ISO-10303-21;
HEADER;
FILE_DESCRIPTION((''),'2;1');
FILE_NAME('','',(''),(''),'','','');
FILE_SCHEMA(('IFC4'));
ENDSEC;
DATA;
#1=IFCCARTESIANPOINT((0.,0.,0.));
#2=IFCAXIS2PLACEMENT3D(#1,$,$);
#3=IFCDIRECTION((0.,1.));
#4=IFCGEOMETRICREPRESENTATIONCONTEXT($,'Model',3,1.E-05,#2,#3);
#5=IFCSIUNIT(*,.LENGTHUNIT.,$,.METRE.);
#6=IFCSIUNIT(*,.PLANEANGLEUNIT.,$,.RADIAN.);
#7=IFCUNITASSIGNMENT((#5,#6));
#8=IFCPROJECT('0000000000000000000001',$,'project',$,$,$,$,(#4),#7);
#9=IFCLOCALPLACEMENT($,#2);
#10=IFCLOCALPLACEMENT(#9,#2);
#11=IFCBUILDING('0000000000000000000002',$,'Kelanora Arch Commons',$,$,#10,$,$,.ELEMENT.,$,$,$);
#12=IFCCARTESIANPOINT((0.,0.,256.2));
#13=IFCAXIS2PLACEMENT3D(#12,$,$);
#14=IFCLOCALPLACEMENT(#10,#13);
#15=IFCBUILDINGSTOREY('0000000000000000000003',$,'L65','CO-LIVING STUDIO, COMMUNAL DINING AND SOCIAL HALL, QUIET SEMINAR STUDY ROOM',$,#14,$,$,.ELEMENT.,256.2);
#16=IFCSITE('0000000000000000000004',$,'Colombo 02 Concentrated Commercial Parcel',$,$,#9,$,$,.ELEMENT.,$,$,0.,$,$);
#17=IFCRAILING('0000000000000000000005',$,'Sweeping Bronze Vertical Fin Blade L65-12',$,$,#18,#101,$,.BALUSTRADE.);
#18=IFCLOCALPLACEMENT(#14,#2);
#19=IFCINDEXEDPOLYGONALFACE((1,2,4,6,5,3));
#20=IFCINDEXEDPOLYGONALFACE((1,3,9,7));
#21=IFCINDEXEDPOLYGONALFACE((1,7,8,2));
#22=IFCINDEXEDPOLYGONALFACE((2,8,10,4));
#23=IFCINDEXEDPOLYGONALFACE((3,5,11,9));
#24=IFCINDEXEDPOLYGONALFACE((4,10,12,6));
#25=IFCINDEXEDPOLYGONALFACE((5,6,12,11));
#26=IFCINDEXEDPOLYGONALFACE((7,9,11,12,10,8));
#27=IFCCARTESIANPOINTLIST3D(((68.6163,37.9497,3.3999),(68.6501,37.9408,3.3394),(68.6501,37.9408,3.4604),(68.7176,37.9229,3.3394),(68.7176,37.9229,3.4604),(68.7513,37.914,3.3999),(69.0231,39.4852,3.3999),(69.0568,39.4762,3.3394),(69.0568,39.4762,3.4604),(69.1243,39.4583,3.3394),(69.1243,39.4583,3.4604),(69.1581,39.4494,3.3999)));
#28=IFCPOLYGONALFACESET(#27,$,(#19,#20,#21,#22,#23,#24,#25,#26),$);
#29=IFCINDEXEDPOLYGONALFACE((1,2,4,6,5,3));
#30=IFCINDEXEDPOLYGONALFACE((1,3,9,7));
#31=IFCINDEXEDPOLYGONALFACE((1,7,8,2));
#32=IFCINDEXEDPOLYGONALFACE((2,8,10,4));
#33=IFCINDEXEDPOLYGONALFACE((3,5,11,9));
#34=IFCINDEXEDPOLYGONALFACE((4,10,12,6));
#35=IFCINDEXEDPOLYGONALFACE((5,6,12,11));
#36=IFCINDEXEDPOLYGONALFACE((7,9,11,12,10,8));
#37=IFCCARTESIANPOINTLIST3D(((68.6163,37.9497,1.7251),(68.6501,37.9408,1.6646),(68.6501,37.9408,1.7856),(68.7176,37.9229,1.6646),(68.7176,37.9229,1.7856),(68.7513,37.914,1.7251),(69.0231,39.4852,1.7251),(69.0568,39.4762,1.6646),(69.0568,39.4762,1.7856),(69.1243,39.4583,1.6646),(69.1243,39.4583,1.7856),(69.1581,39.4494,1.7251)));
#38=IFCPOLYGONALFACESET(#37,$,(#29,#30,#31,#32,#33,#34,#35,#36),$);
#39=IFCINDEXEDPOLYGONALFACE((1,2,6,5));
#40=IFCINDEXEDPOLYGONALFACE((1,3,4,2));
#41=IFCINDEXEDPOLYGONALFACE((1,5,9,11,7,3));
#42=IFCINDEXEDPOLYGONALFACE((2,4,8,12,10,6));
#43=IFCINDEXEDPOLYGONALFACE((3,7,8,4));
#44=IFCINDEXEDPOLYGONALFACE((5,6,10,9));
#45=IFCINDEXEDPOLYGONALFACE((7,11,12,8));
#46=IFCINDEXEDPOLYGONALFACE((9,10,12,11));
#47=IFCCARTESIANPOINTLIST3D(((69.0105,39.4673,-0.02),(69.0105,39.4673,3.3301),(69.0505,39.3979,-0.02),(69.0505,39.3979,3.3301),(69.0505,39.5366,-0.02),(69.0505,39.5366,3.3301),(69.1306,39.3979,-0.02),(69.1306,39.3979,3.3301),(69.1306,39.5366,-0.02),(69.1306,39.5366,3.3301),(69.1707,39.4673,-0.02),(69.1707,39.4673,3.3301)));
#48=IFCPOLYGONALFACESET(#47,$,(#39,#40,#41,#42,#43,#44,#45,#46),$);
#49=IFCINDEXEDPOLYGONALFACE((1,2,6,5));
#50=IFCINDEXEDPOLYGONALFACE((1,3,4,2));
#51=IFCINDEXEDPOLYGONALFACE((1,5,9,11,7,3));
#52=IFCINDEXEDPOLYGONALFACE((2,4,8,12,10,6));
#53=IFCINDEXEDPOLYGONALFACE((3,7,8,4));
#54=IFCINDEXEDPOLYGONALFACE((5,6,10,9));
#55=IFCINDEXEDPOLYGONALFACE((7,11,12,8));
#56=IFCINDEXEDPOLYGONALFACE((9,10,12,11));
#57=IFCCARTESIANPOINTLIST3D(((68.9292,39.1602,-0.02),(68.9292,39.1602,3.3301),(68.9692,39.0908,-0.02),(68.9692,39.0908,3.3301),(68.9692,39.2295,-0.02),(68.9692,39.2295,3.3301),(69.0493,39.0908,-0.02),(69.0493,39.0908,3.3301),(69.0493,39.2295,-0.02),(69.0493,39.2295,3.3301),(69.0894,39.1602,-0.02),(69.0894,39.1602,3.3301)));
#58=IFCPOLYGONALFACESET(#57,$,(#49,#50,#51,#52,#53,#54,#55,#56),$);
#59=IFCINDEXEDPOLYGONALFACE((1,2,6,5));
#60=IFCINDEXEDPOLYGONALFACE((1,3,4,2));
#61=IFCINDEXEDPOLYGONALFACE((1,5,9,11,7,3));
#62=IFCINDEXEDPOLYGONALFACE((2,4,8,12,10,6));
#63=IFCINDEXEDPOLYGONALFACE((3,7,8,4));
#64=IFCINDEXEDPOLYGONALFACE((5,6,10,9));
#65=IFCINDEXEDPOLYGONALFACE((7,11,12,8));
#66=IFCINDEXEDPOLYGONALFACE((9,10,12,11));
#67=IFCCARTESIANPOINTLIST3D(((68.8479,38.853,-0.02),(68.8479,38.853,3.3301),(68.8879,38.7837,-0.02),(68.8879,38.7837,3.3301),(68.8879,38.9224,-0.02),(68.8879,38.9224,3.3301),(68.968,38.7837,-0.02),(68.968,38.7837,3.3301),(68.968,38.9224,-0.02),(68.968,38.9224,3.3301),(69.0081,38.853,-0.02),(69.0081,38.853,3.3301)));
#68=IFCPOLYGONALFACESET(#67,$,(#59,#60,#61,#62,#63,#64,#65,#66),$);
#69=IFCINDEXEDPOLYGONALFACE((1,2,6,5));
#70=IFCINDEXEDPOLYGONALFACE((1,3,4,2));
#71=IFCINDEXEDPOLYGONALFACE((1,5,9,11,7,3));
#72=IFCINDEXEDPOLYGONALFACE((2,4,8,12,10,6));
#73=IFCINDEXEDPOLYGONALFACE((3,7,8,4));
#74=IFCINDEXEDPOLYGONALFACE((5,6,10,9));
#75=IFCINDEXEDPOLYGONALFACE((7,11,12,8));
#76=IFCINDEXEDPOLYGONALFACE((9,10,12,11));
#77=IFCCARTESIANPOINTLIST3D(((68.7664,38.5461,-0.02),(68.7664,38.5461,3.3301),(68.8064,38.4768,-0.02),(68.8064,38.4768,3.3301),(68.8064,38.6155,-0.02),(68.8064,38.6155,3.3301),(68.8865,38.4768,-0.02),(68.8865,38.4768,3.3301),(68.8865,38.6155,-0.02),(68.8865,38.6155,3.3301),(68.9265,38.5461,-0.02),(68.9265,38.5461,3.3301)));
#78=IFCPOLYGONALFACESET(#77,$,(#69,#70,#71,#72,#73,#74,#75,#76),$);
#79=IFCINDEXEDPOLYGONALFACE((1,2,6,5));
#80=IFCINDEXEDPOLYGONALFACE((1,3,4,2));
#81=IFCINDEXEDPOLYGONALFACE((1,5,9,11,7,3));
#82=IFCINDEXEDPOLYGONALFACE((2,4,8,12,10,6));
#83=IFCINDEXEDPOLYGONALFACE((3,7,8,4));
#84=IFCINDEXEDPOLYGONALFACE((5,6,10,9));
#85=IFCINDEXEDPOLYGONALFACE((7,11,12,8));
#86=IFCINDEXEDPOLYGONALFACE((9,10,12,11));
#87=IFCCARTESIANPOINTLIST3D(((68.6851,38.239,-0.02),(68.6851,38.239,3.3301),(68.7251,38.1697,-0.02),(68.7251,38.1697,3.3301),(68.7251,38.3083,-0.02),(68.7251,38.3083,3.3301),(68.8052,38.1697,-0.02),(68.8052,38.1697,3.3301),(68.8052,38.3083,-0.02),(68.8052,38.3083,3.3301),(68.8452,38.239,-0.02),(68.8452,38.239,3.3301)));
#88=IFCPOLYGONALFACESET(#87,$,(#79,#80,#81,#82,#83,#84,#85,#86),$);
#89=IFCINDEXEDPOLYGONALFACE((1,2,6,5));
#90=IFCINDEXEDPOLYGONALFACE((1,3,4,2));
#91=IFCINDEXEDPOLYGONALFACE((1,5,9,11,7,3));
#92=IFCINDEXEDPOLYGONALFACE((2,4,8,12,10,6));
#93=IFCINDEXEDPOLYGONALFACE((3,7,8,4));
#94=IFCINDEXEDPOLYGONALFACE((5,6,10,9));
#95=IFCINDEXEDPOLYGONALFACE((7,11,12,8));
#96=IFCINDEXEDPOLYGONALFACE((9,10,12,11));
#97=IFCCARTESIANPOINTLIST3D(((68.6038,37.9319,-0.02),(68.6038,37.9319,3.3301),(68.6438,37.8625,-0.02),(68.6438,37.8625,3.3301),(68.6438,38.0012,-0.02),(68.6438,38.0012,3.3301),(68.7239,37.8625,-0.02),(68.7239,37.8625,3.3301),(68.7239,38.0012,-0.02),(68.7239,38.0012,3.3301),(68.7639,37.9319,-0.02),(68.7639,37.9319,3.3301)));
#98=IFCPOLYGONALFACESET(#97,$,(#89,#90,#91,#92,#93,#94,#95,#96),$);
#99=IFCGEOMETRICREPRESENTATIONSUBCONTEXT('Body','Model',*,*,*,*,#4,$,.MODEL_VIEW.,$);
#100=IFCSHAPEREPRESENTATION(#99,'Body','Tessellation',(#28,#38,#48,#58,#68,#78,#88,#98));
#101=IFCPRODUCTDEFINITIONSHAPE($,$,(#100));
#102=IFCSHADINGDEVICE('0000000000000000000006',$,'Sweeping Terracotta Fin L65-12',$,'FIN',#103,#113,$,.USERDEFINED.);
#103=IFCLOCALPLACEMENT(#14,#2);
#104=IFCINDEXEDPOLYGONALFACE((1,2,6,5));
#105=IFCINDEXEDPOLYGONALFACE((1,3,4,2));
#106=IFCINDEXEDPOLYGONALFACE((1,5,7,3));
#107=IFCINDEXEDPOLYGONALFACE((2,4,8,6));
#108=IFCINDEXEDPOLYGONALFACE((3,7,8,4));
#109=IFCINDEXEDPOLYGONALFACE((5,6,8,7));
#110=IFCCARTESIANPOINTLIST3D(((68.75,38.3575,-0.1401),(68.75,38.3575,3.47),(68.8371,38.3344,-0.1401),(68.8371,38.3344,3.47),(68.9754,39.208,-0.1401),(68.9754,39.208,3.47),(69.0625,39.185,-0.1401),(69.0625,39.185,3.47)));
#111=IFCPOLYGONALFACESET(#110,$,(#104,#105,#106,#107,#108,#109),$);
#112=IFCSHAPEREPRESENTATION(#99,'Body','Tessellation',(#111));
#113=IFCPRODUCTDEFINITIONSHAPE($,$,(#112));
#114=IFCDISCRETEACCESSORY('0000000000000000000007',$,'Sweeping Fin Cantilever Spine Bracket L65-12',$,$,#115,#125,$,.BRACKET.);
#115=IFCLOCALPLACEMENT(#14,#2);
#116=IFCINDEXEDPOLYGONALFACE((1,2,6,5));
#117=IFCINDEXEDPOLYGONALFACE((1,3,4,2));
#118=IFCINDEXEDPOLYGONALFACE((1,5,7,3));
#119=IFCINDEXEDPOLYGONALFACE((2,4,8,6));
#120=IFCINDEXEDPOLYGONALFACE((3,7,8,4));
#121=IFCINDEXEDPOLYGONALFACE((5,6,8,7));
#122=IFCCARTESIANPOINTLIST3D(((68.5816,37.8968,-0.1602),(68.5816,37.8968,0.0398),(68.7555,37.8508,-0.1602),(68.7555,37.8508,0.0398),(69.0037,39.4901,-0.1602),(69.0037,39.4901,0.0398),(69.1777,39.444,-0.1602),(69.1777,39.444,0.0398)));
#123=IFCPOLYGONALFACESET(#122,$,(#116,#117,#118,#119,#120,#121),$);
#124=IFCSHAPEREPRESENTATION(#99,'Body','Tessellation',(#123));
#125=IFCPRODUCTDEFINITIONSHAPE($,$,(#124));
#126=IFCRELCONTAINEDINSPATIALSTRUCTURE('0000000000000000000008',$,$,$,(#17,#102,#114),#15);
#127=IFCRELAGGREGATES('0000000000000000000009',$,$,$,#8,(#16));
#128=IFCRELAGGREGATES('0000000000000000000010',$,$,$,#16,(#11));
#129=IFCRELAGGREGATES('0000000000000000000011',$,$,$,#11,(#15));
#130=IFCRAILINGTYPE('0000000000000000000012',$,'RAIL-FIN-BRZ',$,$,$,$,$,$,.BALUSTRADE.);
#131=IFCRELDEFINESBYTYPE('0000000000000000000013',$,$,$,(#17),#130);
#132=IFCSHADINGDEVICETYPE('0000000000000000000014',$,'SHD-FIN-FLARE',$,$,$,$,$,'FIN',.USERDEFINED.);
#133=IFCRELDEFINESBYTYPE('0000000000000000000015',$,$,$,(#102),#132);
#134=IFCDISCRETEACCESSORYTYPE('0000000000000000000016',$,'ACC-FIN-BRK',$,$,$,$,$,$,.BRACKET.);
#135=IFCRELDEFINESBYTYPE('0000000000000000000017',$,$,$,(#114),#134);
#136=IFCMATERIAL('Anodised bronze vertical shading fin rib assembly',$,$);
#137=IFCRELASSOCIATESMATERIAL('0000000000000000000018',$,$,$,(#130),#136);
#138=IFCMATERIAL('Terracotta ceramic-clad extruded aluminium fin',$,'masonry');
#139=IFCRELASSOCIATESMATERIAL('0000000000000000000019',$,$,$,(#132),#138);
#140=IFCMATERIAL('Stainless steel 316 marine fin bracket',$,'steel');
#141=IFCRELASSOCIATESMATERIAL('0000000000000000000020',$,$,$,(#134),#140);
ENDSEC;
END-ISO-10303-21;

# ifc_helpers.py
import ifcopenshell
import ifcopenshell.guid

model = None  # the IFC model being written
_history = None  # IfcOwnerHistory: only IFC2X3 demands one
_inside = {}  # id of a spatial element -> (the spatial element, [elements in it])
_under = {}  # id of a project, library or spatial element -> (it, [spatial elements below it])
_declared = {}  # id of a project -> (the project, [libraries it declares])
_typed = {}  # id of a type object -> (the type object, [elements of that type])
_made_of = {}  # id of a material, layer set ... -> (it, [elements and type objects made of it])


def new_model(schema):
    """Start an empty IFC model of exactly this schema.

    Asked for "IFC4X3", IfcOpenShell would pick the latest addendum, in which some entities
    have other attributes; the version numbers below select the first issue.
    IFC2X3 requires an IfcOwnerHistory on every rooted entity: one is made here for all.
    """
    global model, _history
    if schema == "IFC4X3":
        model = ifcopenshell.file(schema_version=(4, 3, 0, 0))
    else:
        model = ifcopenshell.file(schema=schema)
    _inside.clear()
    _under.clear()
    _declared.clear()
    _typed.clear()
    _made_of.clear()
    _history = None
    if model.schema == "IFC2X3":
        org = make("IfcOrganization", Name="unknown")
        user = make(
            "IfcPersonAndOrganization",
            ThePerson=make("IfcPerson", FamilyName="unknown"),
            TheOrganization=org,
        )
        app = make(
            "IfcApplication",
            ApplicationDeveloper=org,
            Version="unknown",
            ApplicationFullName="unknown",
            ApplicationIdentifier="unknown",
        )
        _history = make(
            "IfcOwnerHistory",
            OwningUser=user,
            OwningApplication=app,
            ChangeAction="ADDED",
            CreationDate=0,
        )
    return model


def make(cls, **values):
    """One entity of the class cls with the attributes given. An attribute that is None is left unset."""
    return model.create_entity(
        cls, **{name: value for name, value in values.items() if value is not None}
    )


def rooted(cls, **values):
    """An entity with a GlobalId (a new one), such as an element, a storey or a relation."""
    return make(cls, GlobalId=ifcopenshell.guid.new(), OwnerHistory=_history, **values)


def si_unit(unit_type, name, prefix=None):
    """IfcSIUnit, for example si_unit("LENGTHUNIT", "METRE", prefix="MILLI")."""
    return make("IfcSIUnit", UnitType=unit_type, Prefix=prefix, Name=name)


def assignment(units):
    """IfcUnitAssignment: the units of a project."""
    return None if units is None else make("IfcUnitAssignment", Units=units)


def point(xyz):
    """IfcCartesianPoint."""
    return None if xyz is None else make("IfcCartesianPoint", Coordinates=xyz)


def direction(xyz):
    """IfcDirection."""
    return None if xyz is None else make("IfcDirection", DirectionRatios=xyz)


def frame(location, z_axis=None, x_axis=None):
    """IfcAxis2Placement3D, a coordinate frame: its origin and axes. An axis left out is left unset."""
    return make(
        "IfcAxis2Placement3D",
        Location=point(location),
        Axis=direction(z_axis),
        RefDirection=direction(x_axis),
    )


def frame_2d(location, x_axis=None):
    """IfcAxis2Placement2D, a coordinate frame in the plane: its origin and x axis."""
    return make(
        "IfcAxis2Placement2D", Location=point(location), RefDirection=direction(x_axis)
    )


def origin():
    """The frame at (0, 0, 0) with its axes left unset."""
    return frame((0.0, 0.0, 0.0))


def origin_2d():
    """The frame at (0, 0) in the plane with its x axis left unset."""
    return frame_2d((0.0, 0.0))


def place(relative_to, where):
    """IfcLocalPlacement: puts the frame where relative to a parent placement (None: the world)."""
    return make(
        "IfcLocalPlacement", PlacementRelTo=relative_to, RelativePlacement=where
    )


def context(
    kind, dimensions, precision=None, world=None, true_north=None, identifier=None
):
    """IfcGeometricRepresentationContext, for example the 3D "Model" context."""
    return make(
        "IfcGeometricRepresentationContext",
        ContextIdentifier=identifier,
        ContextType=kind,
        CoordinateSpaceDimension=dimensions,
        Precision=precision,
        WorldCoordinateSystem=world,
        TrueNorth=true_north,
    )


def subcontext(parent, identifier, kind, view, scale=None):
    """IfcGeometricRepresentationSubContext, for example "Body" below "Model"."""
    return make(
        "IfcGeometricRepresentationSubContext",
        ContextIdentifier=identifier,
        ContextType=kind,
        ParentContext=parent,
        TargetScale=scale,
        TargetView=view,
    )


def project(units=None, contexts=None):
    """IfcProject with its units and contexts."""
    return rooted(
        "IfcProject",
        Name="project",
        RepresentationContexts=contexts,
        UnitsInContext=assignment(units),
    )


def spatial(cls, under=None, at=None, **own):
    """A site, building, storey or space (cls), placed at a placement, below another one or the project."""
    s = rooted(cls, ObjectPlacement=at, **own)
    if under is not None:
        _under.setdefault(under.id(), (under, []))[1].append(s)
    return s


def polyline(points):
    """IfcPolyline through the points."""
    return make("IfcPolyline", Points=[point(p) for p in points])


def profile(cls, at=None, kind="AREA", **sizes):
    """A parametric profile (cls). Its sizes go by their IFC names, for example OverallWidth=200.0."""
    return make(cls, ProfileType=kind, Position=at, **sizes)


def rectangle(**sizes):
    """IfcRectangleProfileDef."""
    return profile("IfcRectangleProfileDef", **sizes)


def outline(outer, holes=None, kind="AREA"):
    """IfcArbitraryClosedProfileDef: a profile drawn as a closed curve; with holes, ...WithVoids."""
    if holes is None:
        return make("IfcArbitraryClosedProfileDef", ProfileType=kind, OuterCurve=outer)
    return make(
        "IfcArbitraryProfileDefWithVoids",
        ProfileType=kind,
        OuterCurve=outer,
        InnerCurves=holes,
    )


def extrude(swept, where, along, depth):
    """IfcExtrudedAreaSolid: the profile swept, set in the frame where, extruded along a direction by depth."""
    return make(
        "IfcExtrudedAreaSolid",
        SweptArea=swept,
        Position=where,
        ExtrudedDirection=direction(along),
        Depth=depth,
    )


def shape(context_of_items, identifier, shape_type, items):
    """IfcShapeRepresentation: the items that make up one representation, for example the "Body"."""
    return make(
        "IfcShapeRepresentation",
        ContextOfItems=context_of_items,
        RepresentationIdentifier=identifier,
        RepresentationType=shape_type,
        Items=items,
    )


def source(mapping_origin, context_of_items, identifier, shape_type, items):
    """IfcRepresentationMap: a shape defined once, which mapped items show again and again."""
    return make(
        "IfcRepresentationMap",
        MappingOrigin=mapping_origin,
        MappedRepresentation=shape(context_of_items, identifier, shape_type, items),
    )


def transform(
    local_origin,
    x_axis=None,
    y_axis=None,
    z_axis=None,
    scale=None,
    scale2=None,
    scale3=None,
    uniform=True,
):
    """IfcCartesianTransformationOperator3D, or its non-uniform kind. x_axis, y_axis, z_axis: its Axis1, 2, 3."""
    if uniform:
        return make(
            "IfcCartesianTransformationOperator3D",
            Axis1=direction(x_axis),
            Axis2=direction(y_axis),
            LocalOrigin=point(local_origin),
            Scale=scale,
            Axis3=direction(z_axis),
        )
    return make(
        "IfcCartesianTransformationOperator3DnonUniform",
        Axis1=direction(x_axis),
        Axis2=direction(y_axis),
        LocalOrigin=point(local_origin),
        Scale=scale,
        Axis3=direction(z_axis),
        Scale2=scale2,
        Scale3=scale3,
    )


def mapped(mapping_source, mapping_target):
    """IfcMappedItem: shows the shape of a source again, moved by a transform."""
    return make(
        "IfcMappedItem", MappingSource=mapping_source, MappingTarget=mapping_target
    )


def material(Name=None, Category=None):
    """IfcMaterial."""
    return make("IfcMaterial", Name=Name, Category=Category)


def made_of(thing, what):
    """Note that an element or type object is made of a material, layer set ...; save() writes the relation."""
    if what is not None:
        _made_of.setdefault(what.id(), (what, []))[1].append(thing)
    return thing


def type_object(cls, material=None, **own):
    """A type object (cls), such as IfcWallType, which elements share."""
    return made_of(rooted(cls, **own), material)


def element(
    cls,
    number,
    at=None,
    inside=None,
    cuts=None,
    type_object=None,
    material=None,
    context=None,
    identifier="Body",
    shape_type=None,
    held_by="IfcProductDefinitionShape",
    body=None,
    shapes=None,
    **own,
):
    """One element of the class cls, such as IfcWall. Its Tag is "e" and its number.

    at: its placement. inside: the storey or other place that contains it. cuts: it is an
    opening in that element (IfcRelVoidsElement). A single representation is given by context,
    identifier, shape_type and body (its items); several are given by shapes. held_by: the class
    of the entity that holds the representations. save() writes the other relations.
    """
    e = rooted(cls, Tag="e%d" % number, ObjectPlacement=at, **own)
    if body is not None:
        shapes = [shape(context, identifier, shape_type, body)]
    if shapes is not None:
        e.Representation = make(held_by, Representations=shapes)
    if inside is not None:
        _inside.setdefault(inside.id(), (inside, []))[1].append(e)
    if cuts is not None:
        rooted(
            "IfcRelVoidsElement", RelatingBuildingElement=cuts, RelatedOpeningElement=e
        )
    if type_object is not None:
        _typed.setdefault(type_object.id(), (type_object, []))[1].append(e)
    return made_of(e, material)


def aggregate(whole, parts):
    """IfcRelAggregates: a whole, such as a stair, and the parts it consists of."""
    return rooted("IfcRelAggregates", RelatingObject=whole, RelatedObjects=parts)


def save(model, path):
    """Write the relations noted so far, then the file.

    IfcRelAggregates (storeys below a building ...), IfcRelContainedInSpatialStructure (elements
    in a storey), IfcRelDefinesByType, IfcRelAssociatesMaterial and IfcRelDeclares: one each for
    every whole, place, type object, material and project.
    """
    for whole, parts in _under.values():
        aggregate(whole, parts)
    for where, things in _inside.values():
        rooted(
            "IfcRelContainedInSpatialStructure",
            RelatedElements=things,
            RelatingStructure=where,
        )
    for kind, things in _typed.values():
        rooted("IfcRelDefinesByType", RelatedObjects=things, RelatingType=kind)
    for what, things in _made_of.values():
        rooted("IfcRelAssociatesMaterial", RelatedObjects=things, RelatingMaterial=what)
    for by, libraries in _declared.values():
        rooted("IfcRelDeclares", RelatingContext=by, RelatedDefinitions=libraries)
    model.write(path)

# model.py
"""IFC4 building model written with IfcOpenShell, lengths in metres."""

from ifc_helpers import new_model, si_unit, direction, frame, origin, origin_2d, place, context, subcontext, project, spatial, polyline, rectangle, outline, extrude, source, transform, mapped, material, type_object, element, save


model = new_model("IFC4")

# Units and contexts
model_context = context("Model", 3, precision=1e-05, world=origin(), true_north=direction((0.0, 1.0)))
body_context = subcontext(model_context, "Body", "Model", "MODEL_VIEW")
ifc_project = project(units=[si_unit("LENGTHUNIT", "METRE"), si_unit("PLANEANGLEUNIT", "RADIAN")], contexts=[model_context])

# Site, building, storey
site_placement = place(None, origin())
site = spatial("IfcSite", under=ifc_project, at=site_placement, Name="Colombo 02 Concentrated Commercial Parcel", CompositionType="ELEMENT", RefElevation=0.0)
building_placement = place(site_placement, origin())
building = spatial("IfcBuilding", under=site, at=building_placement, Name="Kelanora Arch Commons", CompositionType="ELEMENT")
storey_placement = place(building_placement, frame((0.0, 0.0, 256.2)))
storey = spatial("IfcBuildingStorey", under=building, at=storey_placement, Name="L65", Description="CO-LIVING STUDIO, COMMUNAL DINING AND SOCIAL HALL, QUIET SEMINAR STUDY ROOM", CompositionType="ELEMENT", Elevation=256.2)

# Railing
ifc_material_1 = material(Name="Anodised bronze vertical shading fin rib assembly")
railing_type = type_object("IfcRailingType", Name="RAIL-FIN-BRZ", PredefinedType="BALUSTRADE", material=ifc_material_1)
railing_placement = place(storey_placement, frame((69.0906, 39.4673, -0.02)))
element("IfcRailing", 1, at=railing_placement, inside=storey, type_object=railing_type, Name="Sweeping Bronze Vertical Fin Blade L65-12", PredefinedType="BALUSTRADE", context=body_context, shape_type="SweptSolid", body=[
    extrude(outline(polyline([(0.0698, 0.0), (0.0349, 0.0605), (-0.0349, 0.0605), (-0.0698, 0.0), (-0.0349, -0.0605), (0.0349, -0.0605), (0.0698, 0.0)])), frame((0.0, 0.0, 3.4199), z_axis=(-0.256074, -0.966657, 0.0), x_axis=(0.966657, -0.256074, 0.0)), (0.0, 0.0, 1.0), 1.5884),
    extrude(outline(polyline([(0.0698, 0.0), (0.0349, 0.0605), (-0.0349, 0.0605), (-0.0698, 0.0), (-0.0349, -0.0605), (0.0349, -0.0605), (0.0698, 0.0)])), frame((0.0, 0.0, 1.7451), z_axis=(-0.256074, -0.966657, 0.0), x_axis=(0.966657, -0.256074, 0.0)), (0.0, 0.0, 1.0), 1.5884),
    extrude(outline(polyline([(0.0801, 0.0), (0.04, 0.0693), (-0.04, 0.0693), (-0.0801, 0.0), (-0.04, -0.0693), (0.04, -0.0693), (0.0801, 0.0)])), origin(), (0.0, 0.0, 1.0), 3.3501),
    extrude(outline(polyline([(0.0801, 0.0), (0.04, 0.0693), (-0.04, 0.0693), (-0.0801, 0.0), (-0.04, -0.0693), (0.04, -0.0693), (0.0801, 0.0)])), frame((-0.0813, -0.3071, 0.0)), (0.0, 0.0, 1.0), 3.3501),
    extrude(outline(polyline([(0.0801, 0.0), (0.04, 0.0693), (-0.04, 0.0693), (-0.0801, 0.0), (-0.04, -0.0693), (0.04, -0.0693), (0.0801, 0.0)])), frame((-0.1626, -0.6143, 0.0)), (0.0, 0.0, 1.0), 3.3501),
    extrude(outline(polyline([(0.0801, 0.0), (0.04, 0.0693), (-0.04, 0.0693), (-0.0801, 0.0), (-0.04, -0.0693), (0.04, -0.0693), (0.0801, 0.0)])), frame((-0.2441, -0.9211, 0.0)), (0.0, 0.0, 1.0), 3.3501),
    extrude(outline(polyline([(0.0801, 0.0), (0.04, 0.0693), (-0.04, 0.0693), (-0.0801, 0.0), (-0.04, -0.0693), (0.04, -0.0693), (0.0801, 0.0)])), frame((-0.3254, -1.2283, 0.0)), (0.0, 0.0, 1.0), 3.3501),
    extrude(outline(polyline([(0.0801, 0.0), (0.04, 0.0693), (-0.04, 0.0693), (-0.0801, 0.0), (-0.04, -0.0693), (0.04, -0.0693), (0.0801, 0.0)])), frame((-0.4067, -1.5354, 0.0)), (0.0, 0.0, 1.0), 3.3501),
])

# Shading device
ifc_material_2 = material(Name="Terracotta ceramic-clad extruded aluminium fin", Category="masonry")
shading_device_type = type_object("IfcShadingDeviceType", Name="SHD-FIN-FLARE", ElementType="FIN", PredefinedType="USERDEFINED", material=ifc_material_2)
shared_shape_1 = source(origin(), body_context, "Body", "SweptSolid", [
    extrude(rectangle(XDim=0.8799, YDim=0.0901, at=origin_2d()), origin(), (0.0, 0.0, 1.0), 3.6101),
])
shading_device_placement = place(storey_placement, frame((68.9062, 38.7712, -0.1401), z_axis=(0.0, 0.0, 1.0), x_axis=(-0.256121, -0.966645, 0.0)))
element("IfcShadingDevice", 2, at=shading_device_placement, inside=storey, type_object=shading_device_type, Name="Sweeping Terracotta Fin L65-12", ObjectType="FIN", PredefinedType="USERDEFINED", context=body_context, shape_type="MappedRepresentation", body=[
    mapped(shared_shape_1, transform((0.0, 0.0, 0.0), scale=1.0)),
])

# Discrete accessory
ifc_material_3 = material(Name="Stainless steel 316 marine fin bracket", Category="steel")
discrete_accessory_type = type_object("IfcDiscreteAccessoryType", Name="ACC-FIN-BRK", PredefinedType="BRACKET", material=ifc_material_3)
shared_shape_2 = source(origin(), body_context, "Body", "SweptSolid", [
    extrude(rectangle(XDim=1.6482, YDim=0.1799, at=origin_2d()), origin(), (0.0, 0.0, 1.0), 0.2),
])
discrete_accessory_placement = place(storey_placement, frame((68.8796, 38.6704, -0.1602), z_axis=(0.0, 0.0, 1.0), x_axis=(-0.256121, -0.966645, 0.0)))
element("IfcDiscreteAccessory", 3, at=discrete_accessory_placement, inside=storey, type_object=discrete_accessory_type, Name="Sweeping Fin Cantilever Spine Bracket L65-12", PredefinedType="BRACKET", context=body_context, shape_type="MappedRepresentation", body=[
    mapped(shared_shape_2, transform((0.0, 0.0, 0.0), scale=1.0)),
])

save(model, "model.ifc")
